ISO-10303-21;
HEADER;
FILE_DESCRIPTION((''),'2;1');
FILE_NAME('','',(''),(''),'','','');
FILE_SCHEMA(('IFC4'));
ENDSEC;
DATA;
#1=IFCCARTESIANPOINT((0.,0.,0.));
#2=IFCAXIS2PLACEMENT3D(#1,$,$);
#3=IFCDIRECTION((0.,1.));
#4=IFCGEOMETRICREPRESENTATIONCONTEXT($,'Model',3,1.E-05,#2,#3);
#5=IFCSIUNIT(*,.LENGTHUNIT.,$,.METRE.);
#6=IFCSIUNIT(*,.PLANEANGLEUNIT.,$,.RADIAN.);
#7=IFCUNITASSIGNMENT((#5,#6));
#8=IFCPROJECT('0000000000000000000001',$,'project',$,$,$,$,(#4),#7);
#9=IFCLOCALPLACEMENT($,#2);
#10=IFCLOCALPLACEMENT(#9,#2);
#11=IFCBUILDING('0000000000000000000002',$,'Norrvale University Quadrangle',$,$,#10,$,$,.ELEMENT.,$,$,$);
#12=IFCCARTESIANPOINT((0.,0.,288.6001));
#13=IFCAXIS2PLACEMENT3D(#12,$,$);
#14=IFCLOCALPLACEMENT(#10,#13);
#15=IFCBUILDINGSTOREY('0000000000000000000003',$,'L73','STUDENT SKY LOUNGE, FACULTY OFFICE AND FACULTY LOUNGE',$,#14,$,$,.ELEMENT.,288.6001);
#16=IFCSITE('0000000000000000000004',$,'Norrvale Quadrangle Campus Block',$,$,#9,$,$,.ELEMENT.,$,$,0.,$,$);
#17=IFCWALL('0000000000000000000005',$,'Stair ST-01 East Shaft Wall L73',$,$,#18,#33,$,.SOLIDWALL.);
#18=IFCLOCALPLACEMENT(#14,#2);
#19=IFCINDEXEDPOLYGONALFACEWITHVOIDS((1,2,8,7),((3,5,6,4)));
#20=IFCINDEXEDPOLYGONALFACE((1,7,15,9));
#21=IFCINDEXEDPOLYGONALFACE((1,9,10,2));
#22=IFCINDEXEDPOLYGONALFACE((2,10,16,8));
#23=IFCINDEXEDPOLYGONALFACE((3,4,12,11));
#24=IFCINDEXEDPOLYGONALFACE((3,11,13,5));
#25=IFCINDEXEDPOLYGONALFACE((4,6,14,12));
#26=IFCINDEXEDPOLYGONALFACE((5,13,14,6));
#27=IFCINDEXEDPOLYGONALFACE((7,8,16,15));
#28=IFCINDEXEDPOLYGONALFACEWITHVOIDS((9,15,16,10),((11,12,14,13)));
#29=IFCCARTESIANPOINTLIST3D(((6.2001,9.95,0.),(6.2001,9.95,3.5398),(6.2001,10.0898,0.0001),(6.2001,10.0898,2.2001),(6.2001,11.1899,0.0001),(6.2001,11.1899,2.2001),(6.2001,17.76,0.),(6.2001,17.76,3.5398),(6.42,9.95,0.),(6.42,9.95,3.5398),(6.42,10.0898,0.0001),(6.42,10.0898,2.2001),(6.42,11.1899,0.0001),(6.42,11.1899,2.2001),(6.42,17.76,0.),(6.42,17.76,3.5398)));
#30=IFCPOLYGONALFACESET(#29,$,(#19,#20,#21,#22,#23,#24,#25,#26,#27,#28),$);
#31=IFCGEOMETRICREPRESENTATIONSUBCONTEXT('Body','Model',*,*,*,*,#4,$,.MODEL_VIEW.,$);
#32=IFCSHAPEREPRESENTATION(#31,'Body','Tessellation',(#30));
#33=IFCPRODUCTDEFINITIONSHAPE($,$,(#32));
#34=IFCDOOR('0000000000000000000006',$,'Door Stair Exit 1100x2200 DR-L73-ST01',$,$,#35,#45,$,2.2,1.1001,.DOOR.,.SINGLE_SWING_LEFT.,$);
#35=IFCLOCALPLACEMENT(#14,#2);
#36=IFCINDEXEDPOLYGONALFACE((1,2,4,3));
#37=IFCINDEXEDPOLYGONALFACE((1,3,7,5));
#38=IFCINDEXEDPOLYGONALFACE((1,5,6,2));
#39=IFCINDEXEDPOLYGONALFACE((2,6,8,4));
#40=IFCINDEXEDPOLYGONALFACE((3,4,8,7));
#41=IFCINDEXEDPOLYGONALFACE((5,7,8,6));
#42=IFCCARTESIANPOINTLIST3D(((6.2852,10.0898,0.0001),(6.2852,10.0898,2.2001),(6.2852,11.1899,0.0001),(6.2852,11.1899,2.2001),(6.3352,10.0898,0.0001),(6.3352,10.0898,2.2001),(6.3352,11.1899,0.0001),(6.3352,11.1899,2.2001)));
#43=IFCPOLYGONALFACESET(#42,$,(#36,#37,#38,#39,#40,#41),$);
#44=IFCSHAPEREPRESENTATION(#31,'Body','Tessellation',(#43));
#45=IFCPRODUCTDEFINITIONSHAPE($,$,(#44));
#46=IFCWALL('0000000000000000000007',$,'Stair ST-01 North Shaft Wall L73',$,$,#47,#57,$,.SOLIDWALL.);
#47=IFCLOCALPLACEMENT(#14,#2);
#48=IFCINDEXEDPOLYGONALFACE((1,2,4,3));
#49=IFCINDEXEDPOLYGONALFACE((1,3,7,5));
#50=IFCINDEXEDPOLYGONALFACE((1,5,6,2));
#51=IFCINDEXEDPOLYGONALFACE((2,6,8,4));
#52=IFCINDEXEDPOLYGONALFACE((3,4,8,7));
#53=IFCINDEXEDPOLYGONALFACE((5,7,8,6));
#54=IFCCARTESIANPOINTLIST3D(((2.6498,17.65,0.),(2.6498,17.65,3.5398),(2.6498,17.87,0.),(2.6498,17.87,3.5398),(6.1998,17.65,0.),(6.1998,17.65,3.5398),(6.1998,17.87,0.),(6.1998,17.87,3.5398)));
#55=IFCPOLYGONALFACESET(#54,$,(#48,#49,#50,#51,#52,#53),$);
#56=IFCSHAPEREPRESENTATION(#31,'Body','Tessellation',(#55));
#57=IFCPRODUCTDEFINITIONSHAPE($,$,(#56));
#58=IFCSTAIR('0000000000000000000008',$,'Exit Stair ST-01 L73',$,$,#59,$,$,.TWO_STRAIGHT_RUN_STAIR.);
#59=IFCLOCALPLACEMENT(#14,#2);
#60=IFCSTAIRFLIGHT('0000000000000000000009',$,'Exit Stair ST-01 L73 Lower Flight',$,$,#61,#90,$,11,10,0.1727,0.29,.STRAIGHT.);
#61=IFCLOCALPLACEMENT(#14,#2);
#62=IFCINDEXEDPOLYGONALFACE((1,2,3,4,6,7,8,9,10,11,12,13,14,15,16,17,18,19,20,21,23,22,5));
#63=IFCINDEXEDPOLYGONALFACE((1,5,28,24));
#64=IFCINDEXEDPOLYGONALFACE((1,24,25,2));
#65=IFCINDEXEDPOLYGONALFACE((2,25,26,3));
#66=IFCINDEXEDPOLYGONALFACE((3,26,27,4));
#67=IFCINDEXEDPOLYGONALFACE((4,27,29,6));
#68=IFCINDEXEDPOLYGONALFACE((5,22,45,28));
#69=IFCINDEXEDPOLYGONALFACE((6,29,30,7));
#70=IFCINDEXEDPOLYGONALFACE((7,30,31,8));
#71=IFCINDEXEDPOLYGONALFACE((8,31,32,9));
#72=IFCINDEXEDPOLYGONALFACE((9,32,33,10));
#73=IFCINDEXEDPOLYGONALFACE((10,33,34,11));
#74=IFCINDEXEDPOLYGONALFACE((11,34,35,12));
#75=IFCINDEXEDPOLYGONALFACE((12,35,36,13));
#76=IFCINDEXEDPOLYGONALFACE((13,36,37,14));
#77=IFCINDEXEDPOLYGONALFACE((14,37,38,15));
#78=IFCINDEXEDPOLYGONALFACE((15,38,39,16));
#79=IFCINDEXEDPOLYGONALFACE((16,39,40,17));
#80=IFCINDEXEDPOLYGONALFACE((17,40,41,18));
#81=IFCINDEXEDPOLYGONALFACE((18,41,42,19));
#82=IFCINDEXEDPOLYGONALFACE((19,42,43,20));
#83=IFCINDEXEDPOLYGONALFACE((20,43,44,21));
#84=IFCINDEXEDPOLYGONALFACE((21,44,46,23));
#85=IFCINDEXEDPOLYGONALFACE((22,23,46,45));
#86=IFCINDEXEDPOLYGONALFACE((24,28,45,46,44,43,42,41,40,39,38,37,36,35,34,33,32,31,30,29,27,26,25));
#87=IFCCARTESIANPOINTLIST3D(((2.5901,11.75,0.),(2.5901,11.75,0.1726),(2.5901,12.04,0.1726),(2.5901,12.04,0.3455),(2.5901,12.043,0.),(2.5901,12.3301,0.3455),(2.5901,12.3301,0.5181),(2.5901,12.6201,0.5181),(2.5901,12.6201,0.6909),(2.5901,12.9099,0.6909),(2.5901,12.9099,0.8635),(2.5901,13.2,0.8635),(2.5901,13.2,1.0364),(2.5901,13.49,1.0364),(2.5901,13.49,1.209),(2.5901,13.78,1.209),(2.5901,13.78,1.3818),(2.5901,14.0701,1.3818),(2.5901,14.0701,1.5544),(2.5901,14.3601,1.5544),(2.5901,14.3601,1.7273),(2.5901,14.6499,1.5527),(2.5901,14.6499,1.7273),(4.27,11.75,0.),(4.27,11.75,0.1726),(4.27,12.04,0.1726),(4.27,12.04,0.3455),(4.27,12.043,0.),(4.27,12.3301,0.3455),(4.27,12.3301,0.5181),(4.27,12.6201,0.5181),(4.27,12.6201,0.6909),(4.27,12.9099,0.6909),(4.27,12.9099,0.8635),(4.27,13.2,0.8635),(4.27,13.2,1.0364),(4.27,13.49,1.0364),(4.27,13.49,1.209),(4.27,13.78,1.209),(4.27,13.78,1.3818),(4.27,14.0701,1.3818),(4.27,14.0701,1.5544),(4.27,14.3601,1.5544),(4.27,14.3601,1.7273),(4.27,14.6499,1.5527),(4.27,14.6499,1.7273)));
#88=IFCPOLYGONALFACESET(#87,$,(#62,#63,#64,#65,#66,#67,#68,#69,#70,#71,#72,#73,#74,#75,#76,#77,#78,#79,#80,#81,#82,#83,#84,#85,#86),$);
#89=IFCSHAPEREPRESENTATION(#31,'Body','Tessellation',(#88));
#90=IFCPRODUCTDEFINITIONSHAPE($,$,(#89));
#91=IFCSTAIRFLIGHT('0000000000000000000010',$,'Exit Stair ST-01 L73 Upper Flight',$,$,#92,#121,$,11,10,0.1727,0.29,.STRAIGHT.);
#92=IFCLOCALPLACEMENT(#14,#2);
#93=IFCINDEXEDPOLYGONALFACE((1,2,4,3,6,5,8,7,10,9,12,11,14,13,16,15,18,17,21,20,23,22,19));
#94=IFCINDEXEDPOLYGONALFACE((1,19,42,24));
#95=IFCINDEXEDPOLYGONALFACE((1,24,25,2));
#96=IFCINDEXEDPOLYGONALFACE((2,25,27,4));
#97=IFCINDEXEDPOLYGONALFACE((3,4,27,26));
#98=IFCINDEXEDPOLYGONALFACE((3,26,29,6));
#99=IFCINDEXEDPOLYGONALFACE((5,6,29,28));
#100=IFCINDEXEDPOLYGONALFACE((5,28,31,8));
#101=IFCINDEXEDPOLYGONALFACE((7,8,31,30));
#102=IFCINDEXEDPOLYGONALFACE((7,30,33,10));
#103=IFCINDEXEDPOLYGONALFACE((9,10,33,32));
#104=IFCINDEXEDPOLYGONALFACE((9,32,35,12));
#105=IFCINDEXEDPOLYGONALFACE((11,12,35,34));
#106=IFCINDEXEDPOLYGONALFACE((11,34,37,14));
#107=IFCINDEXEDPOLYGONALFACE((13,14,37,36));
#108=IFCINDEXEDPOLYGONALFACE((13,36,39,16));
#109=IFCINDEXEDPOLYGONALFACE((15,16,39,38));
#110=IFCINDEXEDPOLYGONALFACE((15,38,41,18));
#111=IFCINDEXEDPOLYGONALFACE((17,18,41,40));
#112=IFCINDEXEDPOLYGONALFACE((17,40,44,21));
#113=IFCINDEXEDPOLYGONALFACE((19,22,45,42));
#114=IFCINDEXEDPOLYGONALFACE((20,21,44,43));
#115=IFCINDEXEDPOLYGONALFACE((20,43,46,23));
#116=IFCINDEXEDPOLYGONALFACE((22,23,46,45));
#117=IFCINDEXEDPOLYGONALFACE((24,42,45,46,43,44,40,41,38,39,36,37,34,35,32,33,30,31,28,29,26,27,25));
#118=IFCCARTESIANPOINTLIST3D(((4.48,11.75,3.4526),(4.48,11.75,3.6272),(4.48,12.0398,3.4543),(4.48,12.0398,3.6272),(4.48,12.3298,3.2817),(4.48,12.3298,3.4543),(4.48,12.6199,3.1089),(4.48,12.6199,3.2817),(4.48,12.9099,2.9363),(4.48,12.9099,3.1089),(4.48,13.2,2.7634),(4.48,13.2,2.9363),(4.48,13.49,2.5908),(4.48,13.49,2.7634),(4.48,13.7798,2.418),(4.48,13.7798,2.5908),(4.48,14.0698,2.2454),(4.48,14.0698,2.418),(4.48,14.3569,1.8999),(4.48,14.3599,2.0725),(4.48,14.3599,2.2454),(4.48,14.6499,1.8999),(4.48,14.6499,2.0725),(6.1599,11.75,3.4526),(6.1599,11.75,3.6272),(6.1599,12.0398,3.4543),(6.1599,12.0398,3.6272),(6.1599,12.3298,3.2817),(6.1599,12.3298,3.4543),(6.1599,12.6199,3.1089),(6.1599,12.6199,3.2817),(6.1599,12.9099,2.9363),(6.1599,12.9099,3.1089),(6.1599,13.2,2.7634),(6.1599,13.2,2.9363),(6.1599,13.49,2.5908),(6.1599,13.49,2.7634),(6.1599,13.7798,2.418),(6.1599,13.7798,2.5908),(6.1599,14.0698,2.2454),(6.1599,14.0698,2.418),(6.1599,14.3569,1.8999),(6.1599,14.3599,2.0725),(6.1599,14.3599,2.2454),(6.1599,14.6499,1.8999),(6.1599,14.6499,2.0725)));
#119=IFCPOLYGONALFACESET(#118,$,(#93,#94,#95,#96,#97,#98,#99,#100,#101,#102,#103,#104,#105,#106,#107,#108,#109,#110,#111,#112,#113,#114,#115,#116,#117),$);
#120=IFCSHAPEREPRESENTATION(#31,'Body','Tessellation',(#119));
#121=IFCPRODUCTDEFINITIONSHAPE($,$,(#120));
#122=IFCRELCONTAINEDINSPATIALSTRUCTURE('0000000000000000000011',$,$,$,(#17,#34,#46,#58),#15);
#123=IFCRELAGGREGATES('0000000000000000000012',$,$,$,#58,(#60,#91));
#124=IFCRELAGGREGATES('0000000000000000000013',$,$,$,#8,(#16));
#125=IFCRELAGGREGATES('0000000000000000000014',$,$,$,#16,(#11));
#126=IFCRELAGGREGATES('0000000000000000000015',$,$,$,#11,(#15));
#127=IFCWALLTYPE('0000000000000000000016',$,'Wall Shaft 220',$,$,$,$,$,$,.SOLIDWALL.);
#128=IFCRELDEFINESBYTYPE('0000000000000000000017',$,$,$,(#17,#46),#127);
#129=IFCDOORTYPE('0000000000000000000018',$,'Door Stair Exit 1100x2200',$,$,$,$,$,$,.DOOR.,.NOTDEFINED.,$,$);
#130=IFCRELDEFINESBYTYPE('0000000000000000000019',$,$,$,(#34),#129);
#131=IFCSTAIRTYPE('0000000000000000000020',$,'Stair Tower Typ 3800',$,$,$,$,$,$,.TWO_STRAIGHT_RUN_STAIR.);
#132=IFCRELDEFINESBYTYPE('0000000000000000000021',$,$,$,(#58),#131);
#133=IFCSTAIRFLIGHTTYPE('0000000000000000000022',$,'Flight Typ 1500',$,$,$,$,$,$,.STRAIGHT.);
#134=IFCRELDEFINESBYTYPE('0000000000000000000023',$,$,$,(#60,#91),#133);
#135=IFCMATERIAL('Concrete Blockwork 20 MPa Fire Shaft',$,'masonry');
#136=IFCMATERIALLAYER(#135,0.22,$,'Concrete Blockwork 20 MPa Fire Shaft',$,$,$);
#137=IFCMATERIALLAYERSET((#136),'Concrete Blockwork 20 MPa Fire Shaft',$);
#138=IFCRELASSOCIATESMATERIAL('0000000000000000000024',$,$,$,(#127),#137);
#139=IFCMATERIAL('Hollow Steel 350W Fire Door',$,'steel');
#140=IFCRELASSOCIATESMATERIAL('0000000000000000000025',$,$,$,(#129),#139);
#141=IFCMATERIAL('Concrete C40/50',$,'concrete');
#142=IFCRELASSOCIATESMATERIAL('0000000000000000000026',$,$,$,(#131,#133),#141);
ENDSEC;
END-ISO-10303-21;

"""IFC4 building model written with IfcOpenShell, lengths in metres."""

from ifc_helpers import new_model, si_unit, direction, frame, frame_2d, origin, place, context, subcontext, project, spatial, polyline, rectangle, outline, extrude, material, layer, layer_set, type_object, element, fill, aggregate, save


model = new_model("IFC4")

# Units and contexts
model_context = context("Model", 3, precision=1e-05, world=origin(), true_north=direction((0.0, 1.0)))
body_context = subcontext(model_context, "Body", "Model", "MODEL_VIEW")
ifc_project = project(units=[si_unit("LENGTHUNIT", "METRE"), si_unit("PLANEANGLEUNIT", "RADIAN")], contexts=[model_context])

# Site, building, storey
site_placement = place(None, origin())
site = spatial("IfcSite", under=ifc_project, at=site_placement, Name="Norrvale Quadrangle Campus Block", CompositionType="ELEMENT", RefElevation=0.0)
building_placement = place(site_placement, origin())
building = spatial("IfcBuilding", under=site, at=building_placement, Name="Norrvale University Quadrangle", CompositionType="ELEMENT")
storey_placement = place(building_placement, frame((0.0, 0.0, 288.6001)))
storey = spatial("IfcBuildingStorey", under=building, at=storey_placement, Name="L73", Description="STUDENT SKY LOUNGE, FACULTY OFFICE AND FACULTY LOUNGE", CompositionType="ELEMENT", Elevation=288.6001)

# Wall, opening, door
ifc_material_1 = material(Name="Concrete Blockwork 20 MPa Fire Shaft", Category="masonry")
ifc_layer_1 = layer(ifc_material_1, 0.22, Name="Concrete Blockwork 20 MPa Fire Shaft")
ifc_layer_set_1 = layer_set([ifc_layer_1], Name="Concrete Blockwork 20 MPa Fire Shaft")
wall_type_1 = type_object("IfcWallType", Name="Wall Shaft 220", PredefinedType="SOLIDWALL", material=ifc_layer_set_1)
wall_1_placement = place(storey_placement, frame((6.3101, 9.95, 0.0), z_axis=(0.0, 0.0, 1.0), x_axis=(0.0, 1.0, 0.0)))
wall_1 = element("IfcWall", 1, at=wall_1_placement, inside=storey, type_object=wall_type_1, Name="Stair ST-01 East Shaft Wall L73", PredefinedType="SOLIDWALL", context=body_context, shape_type="SweptSolid", body=[
    extrude(rectangle(XDim=7.8101, YDim=0.22, at=frame_2d((3.905, 0.0))), origin(), (0.0, 0.0, 1.0), 3.5398),
])
opening_placement = place(wall_1_placement, frame((0.1399, 0.0, 0.0)))
opening = element("IfcOpeningElement", 2, at=opening_placement, cuts=wall_1, PredefinedType="OPENING", context=body_context, shape_type="SweptSolid", body=[
    extrude(rectangle(XDim=1.1001, YDim=2.2, at=frame_2d((0.55, 1.1001))), frame((0.0, 0.1221, 0.0), z_axis=(0.0, -1.0, 0.0), x_axis=(1.0, 0.0, 0.0)), (0.0, 0.0, 1.0), 0.2439),
])
ifc_material_2 = material(Name="Hollow Steel 350W Fire Door", Category="steel")
door_type = type_object("IfcDoorType", Name="Door Stair Exit 1100x2200", OperationType="NOTDEFINED", PredefinedType="DOOR", material=ifc_material_2)
door_placement = place(opening_placement, origin())
door = element("IfcDoor", 3, at=door_placement, inside=storey, type_object=door_type, Name="Door Stair Exit 1100x2200 DR-L73-ST01", OperationType="SINGLE_SWING_LEFT", OverallHeight=2.2, OverallWidth=1.1001, PredefinedType="DOOR", context=body_context, shape_type="SweptSolid", body=[
    extrude(rectangle(XDim=1.1001, YDim=2.2, at=frame_2d((0.55, 1.1001))), frame((0.0, 0.0249, 0.0), z_axis=(0.0, -1.0, 0.0), x_axis=(1.0, 0.0, 0.0)), (0.0, 0.0, 1.0), 0.05),
])
fill(opening, door)

# Wall
wall_2_placement = place(storey_placement, frame((2.6499, 17.76, 0.0), z_axis=(0.0, 0.0, 1.0), x_axis=(1.0, 0.0, 0.0)))
element("IfcWall", 4, at=wall_2_placement, inside=storey, type_object=wall_type_1, Name="Stair ST-01 North Shaft Wall L73", PredefinedType="SOLIDWALL", context=body_context, shape_type="SweptSolid", body=[
    extrude(rectangle(XDim=3.55, YDim=0.22, at=frame_2d((1.7749, 0.0))), origin(), (0.0, 0.0, 1.0), 3.5398),
])

# Stair, stair flights
ifc_material_3 = material(Name="Concrete C40/50", Category="concrete")
stair_type = type_object("IfcStairType", Name="Stair Tower Typ 3800", PredefinedType="TWO_STRAIGHT_RUN_STAIR", material=ifc_material_3)
stair_placement = place(storey_placement, origin())
stair = element("IfcStair", 5, at=stair_placement, inside=storey, type_object=stair_type, Name="Exit Stair ST-01 L73", PredefinedType="TWO_STRAIGHT_RUN_STAIR")
stair_flight_type = type_object("IfcStairFlightType", Name="Flight Typ 1500", PredefinedType="STRAIGHT", material=ifc_material_3)
stair_flight_1_placement = place(storey_placement, frame((3.4299, 11.75, 0.0), z_axis=(0.0, 0.0, 1.0), x_axis=(0.0, 1.0, 0.0)))
stair_flight_1 = element("IfcStairFlight", 6, at=stair_flight_1_placement, type_object=stair_flight_type, Name="Exit Stair ST-01 L73 Lower Flight", NumberOfRisers=11, NumberOfTreads=10, PredefinedType="STRAIGHT", RiserHeight=0.1727, TreadLength=0.29, context=body_context, shape_type="SweptSolid", body=[
    extrude(outline(polyline([(0.0, 0.0), (0.0, 0.1726), (0.29, 0.1726), (0.29, 0.3455), (0.5801, 0.3455), (0.5801, 0.5181), (0.8701, 0.5181), (0.8701, 0.6909), (1.1599, 0.6909), (1.1599, 0.8635), (1.45, 0.8635), (1.45, 1.0364), (1.74, 1.0364), (1.74, 1.209), (2.03, 1.209), (2.03, 1.3818), (2.3201, 1.3818), (2.3201, 1.5544), (2.6101, 1.5544), (2.6101, 1.7273), (2.8999, 1.7273), (2.8999, 1.8999), (2.8999, 1.5527), (0.293, 0.0), (0.0, 0.0)])), frame((0.0, 0.8398, 0.0), z_axis=(0.0, -1.0, 0.0), x_axis=(1.0, 0.0, 0.0)), (0.0, 0.0, 1.0), 1.6799),
])
stair_flight_2_placement = place(storey_placement, frame((5.3201, 14.6499, 1.8999), z_axis=(0.0, 0.0, 1.0), x_axis=(0.0, -1.0, 0.0)))
stair_flight_2 = element("IfcStairFlight", 7, at=stair_flight_2_placement, type_object=stair_flight_type, Name="Exit Stair ST-01 L73 Upper Flight", NumberOfRisers=11, NumberOfTreads=10, PredefinedType="STRAIGHT", RiserHeight=0.1727, TreadLength=0.29, context=body_context, shape_type="SweptSolid", body=[
    extrude(outline(polyline([(0.0, 0.0), (0.0, 0.1726), (0.29, 0.1726), (0.29, 0.3455), (0.5801, 0.3455), (0.5801, 0.5181), (0.8701, 0.5181), (0.8701, 0.6909), (1.1599, 0.6909), (1.1599, 0.8635), (1.45, 0.8635), (1.45, 1.0364), (1.74, 1.0364), (1.74, 1.209), (2.03, 1.209), (2.03, 1.3818), (2.3201, 1.3818), (2.3201, 1.5544), (2.6101, 1.5544), (2.6101, 1.7273), (2.8999, 1.7273), (2.8999, 1.8999), (2.8999, 1.5527), (0.293, 0.0), (0.0, 0.0)])), frame((0.0, 0.8398, 0.0), z_axis=(0.0, -1.0, 0.0), x_axis=(1.0, 0.0, 0.0)), (0.0, 0.0, 1.0), 1.6799),
])
aggregate(stair, [stair_flight_1, stair_flight_2])

save(model, "model.ifc")
